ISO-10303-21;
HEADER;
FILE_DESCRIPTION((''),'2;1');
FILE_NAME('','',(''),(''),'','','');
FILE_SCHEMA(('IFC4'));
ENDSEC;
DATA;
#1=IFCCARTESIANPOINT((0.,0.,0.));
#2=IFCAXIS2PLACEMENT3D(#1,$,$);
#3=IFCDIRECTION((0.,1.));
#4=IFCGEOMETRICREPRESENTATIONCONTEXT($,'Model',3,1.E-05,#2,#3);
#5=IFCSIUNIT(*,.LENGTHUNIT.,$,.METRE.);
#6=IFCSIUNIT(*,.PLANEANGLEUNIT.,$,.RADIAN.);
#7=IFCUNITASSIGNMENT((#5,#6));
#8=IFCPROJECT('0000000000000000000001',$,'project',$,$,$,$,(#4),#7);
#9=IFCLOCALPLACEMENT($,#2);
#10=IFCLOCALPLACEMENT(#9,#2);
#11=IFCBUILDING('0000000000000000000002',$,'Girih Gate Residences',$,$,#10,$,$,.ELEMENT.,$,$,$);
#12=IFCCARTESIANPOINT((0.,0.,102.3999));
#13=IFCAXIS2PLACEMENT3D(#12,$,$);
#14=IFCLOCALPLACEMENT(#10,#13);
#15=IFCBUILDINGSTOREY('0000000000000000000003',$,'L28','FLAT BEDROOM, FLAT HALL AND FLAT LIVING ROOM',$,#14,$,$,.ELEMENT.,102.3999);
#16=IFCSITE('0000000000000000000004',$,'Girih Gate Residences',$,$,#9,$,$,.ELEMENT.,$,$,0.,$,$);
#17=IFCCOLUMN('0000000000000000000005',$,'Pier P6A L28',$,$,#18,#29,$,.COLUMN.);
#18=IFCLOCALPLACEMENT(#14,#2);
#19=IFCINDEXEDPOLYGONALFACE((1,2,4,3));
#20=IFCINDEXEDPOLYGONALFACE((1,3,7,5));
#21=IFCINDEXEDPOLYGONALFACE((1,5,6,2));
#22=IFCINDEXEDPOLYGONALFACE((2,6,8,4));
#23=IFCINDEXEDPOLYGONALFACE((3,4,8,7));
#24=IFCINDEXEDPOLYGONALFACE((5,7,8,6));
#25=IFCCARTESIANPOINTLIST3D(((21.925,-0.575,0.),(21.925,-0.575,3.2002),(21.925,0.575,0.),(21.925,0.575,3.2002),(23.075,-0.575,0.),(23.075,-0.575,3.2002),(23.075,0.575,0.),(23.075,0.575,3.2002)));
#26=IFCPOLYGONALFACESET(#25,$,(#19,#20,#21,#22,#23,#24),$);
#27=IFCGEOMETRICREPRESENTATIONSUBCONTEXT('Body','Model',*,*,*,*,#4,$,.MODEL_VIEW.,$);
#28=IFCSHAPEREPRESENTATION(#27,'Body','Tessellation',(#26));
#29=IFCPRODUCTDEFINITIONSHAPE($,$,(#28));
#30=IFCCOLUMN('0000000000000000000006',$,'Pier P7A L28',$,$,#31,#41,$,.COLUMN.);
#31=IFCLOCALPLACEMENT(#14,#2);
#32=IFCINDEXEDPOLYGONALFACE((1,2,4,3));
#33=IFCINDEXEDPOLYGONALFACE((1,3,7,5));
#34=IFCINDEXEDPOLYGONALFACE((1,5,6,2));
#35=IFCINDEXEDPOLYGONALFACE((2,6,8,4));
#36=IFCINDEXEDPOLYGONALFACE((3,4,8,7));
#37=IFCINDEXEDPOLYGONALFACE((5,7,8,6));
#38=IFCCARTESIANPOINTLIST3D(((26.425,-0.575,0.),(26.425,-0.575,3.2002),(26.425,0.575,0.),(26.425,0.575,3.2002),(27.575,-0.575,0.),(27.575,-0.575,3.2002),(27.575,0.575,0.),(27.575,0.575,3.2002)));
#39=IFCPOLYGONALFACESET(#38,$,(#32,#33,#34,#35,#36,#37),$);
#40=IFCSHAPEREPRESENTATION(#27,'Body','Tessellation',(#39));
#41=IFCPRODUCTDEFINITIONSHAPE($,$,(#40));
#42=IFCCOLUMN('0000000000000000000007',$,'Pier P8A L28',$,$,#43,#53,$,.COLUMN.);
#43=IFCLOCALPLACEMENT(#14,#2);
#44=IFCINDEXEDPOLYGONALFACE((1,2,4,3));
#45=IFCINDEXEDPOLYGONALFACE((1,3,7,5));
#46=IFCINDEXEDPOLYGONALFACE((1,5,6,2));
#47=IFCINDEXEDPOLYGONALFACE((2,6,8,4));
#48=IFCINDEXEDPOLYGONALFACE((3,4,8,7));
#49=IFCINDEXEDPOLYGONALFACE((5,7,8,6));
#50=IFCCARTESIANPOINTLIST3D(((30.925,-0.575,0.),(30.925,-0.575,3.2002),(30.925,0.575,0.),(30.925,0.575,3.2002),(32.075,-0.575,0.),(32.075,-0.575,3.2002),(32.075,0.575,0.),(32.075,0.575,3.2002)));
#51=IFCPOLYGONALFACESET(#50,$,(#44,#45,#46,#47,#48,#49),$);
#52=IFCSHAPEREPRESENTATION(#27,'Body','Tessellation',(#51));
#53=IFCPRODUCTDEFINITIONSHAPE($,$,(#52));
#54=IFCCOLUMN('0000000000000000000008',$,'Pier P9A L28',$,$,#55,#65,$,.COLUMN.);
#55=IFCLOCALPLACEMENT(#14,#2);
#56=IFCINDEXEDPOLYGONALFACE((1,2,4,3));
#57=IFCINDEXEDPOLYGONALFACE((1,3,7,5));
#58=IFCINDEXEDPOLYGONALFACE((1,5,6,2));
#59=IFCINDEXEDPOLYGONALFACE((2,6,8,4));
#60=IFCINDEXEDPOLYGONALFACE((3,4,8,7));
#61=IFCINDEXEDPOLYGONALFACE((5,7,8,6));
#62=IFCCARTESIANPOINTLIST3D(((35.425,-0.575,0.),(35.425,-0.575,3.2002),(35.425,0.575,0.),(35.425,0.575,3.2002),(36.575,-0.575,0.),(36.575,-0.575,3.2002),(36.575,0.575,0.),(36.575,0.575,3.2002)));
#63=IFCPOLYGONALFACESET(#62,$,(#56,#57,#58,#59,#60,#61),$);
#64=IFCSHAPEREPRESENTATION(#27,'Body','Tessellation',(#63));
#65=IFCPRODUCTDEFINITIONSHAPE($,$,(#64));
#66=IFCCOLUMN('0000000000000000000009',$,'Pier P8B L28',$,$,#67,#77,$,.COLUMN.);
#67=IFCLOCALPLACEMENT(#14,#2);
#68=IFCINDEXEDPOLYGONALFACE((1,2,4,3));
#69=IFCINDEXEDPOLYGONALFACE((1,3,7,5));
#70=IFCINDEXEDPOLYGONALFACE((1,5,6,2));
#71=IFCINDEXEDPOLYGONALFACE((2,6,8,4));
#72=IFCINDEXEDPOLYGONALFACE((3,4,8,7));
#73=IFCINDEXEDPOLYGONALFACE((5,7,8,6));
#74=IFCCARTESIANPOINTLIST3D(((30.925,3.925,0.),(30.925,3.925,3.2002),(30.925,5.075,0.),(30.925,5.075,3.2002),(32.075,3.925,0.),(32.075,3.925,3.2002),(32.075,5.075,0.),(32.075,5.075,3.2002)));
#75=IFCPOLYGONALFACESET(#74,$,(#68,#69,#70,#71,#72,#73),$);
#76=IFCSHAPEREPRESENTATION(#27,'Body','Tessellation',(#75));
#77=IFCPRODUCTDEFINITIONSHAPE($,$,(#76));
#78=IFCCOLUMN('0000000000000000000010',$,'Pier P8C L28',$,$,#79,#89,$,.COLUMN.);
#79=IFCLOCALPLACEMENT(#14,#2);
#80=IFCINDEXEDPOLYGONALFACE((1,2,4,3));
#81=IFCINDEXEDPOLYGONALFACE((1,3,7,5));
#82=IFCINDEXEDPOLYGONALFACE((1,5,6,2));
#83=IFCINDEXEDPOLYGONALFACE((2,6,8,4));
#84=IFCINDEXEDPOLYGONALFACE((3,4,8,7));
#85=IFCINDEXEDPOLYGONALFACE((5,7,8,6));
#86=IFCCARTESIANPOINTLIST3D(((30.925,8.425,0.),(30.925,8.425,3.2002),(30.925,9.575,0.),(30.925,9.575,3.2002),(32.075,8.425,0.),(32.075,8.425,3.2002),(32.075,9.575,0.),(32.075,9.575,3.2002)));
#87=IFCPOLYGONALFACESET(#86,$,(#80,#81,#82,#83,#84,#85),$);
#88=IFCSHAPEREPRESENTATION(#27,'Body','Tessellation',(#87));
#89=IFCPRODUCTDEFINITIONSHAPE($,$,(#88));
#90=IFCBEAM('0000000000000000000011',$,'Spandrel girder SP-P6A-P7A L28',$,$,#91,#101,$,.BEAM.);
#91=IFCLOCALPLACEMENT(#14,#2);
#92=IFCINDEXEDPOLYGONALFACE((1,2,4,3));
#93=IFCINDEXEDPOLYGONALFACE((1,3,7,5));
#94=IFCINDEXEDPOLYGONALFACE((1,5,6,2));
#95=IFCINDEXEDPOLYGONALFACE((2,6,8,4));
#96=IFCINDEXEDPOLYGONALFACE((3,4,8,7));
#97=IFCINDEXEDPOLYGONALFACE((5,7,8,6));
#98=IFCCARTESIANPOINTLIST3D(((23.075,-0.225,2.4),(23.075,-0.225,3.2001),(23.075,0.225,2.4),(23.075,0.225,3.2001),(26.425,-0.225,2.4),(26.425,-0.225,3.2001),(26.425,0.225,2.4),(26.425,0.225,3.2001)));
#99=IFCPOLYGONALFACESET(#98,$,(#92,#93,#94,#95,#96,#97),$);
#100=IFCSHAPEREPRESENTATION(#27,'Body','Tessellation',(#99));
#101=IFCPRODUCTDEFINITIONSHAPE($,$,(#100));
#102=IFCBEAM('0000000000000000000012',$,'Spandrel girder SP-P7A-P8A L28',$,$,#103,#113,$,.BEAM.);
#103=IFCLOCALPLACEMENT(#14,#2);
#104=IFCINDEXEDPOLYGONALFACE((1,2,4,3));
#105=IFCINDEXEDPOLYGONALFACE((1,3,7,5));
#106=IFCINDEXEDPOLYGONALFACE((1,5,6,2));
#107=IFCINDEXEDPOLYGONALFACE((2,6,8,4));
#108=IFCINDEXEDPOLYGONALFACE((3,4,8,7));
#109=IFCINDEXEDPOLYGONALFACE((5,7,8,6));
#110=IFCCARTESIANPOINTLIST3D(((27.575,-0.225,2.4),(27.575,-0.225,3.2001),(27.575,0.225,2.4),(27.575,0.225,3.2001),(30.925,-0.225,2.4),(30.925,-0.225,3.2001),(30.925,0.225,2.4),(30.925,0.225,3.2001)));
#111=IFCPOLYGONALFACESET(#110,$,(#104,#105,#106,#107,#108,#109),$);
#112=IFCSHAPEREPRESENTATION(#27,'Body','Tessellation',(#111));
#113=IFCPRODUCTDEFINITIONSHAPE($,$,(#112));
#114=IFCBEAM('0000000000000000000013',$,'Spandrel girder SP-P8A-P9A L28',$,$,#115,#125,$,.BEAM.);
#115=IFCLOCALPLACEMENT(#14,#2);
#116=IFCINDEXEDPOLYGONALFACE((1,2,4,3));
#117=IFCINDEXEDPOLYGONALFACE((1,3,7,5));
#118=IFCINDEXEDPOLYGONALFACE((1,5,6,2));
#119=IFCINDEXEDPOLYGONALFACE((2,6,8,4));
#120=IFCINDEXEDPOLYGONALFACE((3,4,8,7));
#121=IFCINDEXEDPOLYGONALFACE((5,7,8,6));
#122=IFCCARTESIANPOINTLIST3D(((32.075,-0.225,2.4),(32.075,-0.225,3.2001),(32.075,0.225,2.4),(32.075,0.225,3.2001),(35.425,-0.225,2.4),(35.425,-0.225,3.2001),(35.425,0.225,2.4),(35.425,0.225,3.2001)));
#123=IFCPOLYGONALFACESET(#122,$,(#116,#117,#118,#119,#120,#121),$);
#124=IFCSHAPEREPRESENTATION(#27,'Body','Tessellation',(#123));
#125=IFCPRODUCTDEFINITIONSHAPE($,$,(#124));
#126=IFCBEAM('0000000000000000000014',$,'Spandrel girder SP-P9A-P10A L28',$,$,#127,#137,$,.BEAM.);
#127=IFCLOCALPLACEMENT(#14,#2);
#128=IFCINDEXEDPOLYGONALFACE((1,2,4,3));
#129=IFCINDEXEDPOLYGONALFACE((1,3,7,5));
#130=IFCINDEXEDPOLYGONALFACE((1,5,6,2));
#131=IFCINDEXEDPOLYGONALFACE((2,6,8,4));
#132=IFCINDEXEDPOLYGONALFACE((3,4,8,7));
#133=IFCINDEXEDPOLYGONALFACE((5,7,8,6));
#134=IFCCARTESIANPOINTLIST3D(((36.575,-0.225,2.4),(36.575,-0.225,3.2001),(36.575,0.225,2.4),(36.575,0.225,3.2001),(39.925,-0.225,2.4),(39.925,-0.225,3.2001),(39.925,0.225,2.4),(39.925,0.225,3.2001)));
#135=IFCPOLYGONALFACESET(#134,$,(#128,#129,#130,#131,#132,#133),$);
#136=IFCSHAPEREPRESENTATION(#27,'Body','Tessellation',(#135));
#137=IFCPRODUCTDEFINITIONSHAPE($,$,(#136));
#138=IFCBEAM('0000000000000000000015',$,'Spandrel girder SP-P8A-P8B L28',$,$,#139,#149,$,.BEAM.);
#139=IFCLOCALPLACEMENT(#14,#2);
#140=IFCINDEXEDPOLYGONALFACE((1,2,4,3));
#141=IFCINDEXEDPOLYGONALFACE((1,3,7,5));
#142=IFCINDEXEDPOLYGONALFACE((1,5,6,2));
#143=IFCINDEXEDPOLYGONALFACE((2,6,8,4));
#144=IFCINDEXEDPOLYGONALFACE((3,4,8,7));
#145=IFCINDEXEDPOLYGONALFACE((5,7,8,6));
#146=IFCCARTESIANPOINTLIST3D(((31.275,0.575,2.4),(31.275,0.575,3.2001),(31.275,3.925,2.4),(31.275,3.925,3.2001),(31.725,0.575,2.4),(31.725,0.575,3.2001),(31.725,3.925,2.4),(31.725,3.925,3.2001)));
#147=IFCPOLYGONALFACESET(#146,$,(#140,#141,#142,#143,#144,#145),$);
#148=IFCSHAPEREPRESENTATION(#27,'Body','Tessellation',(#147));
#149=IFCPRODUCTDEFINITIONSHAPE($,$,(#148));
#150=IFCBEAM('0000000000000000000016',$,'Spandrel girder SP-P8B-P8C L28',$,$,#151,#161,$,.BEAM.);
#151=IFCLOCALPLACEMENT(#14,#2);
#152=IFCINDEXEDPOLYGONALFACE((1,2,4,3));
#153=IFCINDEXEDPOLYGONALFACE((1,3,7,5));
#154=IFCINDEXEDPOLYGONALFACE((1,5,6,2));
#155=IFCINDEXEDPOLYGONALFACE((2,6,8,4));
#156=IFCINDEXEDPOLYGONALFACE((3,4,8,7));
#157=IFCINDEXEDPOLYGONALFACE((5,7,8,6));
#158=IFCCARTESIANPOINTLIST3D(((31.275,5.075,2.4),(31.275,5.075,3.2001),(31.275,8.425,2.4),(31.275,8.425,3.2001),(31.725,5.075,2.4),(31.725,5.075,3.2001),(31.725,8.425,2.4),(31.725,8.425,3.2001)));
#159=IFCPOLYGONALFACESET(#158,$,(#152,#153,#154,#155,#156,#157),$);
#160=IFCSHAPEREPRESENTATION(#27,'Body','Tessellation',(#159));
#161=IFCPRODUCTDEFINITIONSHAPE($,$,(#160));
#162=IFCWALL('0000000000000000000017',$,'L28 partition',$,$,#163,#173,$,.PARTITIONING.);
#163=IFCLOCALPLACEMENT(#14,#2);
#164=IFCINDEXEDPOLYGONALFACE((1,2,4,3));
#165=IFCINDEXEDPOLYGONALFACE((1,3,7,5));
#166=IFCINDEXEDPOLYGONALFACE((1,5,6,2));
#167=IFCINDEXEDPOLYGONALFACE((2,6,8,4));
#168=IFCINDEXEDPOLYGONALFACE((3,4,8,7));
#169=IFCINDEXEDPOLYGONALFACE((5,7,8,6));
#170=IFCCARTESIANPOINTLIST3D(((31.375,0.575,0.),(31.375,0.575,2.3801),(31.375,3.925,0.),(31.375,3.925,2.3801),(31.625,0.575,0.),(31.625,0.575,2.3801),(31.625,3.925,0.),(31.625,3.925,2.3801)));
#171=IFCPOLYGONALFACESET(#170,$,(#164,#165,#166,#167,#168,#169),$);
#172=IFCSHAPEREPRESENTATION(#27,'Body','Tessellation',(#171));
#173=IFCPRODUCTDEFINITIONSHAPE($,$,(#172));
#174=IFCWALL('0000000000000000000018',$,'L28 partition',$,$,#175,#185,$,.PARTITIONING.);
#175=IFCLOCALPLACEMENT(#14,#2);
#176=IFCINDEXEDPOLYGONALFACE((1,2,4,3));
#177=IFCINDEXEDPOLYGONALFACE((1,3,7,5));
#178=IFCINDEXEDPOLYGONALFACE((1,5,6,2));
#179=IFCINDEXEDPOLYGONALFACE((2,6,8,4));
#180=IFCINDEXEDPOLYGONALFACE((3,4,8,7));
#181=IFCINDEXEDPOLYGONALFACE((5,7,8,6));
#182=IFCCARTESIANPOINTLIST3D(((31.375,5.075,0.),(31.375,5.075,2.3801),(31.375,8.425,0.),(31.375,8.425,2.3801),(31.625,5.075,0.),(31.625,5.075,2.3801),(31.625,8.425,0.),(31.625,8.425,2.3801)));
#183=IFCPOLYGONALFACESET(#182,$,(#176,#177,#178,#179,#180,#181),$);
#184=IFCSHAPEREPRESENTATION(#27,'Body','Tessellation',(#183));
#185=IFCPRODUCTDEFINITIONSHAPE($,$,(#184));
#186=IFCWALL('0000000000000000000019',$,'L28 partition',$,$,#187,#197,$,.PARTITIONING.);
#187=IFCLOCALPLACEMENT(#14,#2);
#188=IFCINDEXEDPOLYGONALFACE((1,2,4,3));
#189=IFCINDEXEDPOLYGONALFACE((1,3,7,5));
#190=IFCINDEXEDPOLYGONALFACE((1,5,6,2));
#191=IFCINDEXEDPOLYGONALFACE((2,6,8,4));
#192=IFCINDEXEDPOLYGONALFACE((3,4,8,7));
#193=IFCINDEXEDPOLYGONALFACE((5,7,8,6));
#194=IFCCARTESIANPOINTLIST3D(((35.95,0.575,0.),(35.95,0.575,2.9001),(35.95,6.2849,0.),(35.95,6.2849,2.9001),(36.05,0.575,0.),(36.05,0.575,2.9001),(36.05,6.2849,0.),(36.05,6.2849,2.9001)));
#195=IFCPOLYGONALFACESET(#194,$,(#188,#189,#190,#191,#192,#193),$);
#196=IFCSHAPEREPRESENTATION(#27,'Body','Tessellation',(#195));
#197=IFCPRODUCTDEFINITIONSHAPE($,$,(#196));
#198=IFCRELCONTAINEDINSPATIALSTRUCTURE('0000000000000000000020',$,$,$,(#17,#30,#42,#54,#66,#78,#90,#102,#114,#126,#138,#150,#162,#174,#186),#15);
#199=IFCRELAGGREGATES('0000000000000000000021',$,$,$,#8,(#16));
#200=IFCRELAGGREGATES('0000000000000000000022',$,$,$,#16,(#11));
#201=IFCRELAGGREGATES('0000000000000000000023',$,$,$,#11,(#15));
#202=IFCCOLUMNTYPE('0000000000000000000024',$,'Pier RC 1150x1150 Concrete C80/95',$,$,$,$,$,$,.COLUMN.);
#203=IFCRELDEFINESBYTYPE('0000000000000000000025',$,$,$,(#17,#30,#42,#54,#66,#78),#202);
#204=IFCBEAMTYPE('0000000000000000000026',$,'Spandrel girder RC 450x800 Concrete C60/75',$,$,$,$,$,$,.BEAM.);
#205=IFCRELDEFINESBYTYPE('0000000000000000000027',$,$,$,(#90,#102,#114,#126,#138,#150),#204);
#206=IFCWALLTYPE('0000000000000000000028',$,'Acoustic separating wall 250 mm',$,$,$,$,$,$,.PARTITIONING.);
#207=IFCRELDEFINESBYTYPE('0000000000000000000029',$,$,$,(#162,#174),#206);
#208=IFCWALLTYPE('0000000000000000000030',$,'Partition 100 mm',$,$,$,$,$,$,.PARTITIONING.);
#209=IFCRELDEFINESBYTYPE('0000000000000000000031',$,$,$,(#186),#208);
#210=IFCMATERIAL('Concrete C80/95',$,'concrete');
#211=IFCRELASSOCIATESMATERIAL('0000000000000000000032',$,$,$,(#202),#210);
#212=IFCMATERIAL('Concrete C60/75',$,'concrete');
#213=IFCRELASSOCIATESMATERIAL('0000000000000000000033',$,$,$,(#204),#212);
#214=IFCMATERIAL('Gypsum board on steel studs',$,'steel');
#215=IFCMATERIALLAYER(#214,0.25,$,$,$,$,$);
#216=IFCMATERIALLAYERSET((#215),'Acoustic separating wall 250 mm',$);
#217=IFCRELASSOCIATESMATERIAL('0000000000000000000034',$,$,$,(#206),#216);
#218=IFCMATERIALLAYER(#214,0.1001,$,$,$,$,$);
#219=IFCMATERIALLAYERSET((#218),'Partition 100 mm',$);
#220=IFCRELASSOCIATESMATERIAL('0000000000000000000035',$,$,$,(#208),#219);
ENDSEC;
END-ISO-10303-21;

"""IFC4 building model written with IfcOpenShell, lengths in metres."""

from ifc_helpers import new_model, si_unit, direction, frame, frame_2d, origin, origin_2d, place, context, subcontext, project, spatial, rectangle, extrude, material, layer, layer_set, material_profile, profile_set, type_object, element, save


model = new_model("IFC4")

# Units and contexts
model_context = context("Model", 3, precision=1e-05, world=origin(), true_north=direction((0.0, 1.0)))
body_context = subcontext(model_context, "Body", "Model", "MODEL_VIEW")
ifc_project = project(units=[si_unit("LENGTHUNIT", "METRE"), si_unit("PLANEANGLEUNIT", "RADIAN")], contexts=[model_context])

# Site, building, storey
site_placement = place(None, origin())
site = spatial("IfcSite", under=ifc_project, at=site_placement, Name="Girih Gate Residences", CompositionType="ELEMENT", RefElevation=0.0)
building_placement = place(site_placement, origin())
building = spatial("IfcBuilding", under=site, at=building_placement, Name="Girih Gate Residences", CompositionType="ELEMENT")
storey_placement = place(building_placement, frame((0.0, 0.0, 102.3999)))
storey = spatial("IfcBuildingStorey", under=building, at=storey_placement, Name="L28", Description="FLAT BEDROOM, FLAT HALL AND FLAT LIVING ROOM", CompositionType="ELEMENT", Elevation=102.3999)

# Columns
ifc_material_1 = material(Name="Concrete C80/95", Category="concrete")
ifc_material_profile_1 = material_profile(ifc_material_1, rectangle(XDim=1.1499, YDim=1.1499, at=origin_2d()))
ifc_profile_set_1 = profile_set([ifc_material_profile_1], Name="Concrete C80/95")
column_type = type_object("IfcColumnType", Name="Pier RC 1150x1150 Concrete C80/95", PredefinedType="COLUMN", material=ifc_profile_set_1)
for number, where, z_axis, x_axis, name in (
    (1, (22.5, 0.0, 0.0), (0.0, 0.0, 1.0), (1.0, 0.0, 0.0), "Pier P6A L28"),
    (2, (27.0, 0.0, 0.0), (0.0, 0.0, 1.0), (1.0, 0.0, 0.0), "Pier P7A L28"),
    (3, (31.5, 0.0, 0.0), (0.0, 0.0, 1.0), (1.0, 0.0, 0.0), "Pier P8A L28"),
    (4, (36.0, 0.0, 0.0), (0.0, 0.0, 1.0), (1.0, 0.0, 0.0), "Pier P9A L28"),
    (5, (31.5, 4.5, 0.0), (0.0, 0.0, 1.0), (1.0, 0.0, 0.0), "Pier P8B L28"),
    (6, (31.5, 9.0, 0.0), (0.0, 0.0, 1.0), (1.0, 0.0, 0.0), "Pier P8C L28"),
):
    element("IfcColumn", number, at=place(storey_placement, frame(where, z_axis=z_axis, x_axis=x_axis)), inside=storey, type_object=column_type, Name=name, PredefinedType="COLUMN", context=body_context, shape_type="SweptSolid", body=[
        extrude(rectangle(XDim=1.1499, YDim=1.1499, at=origin_2d()), origin(), (0.0, 0.0, 1.0), 3.2002),
    ])

# Beams
ifc_material_2 = material(Name="Concrete C60/75", Category="concrete")
ifc_material_profile_2 = material_profile(ifc_material_2, rectangle(XDim=0.45, YDim=0.8, at=origin_2d()))
ifc_profile_set_2 = profile_set([ifc_material_profile_2], Name="Concrete C60/75")
beam_type = type_object("IfcBeamType", Name="Spandrel girder RC 450x800 Concrete C60/75", PredefinedType="BEAM", material=ifc_profile_set_2)
for number, where, z_axis, x_axis, name in (
    (7, (23.075, 0.0, 2.8), (1.0, 0.0, 0.0), (0.0, 1.0, 0.0), "Spandrel girder SP-P6A-P7A L28"),
    (8, (27.575, 0.0, 2.8), (1.0, 0.0, 0.0), (0.0, 1.0, 0.0), "Spandrel girder SP-P7A-P8A L28"),
    (9, (32.075, 0.0, 2.8), (1.0, 0.0, 0.0), (0.0, 1.0, 0.0), "Spandrel girder SP-P8A-P9A L28"),
    (10, (36.575, 0.0, 2.8), (1.0, 0.0, 0.0), (0.0, 1.0, 0.0), "Spandrel girder SP-P9A-P10A L28"),
    (11, (31.5, 0.575, 2.8), (0.0, 1.0, 0.0), (-1.0, 0.0, 0.0), "Spandrel girder SP-P8A-P8B L28"),
    (12, (31.5, 5.075, 2.8), (0.0, 1.0, 0.0), (-1.0, 0.0, 0.0), "Spandrel girder SP-P8B-P8C L28"),
):
    element("IfcBeam", number, at=place(storey_placement, frame(where, z_axis=z_axis, x_axis=x_axis)), inside=storey, type_object=beam_type, Name=name, PredefinedType="BEAM", context=body_context, shape_type="SweptSolid", body=[
        extrude(rectangle(XDim=0.45, YDim=0.8, at=origin_2d()), origin(), (0.0, 0.0, 1.0), 3.3501),
    ])

# Walls
ifc_material_3 = material(Name="Gypsum board on steel studs", Category="steel")
ifc_layer_1 = layer(ifc_material_3, 0.25)
ifc_layer_set_1 = layer_set([ifc_layer_1], Name="Acoustic separating wall 250 mm")
wall_type_1 = type_object("IfcWallType", Name="Acoustic separating wall 250 mm", PredefinedType="PARTITIONING", material=ifc_layer_set_1)
for number, where, z_axis, x_axis, name in (
    (13, (31.5, 0.575, 0.0), (0.0, 0.0, 1.0), (0.0, 1.0, 0.0), "L28 partition"),
    (14, (31.5, 5.075, 0.0), (0.0, 0.0, 1.0), (0.0, 1.0, 0.0), "L28 partition"),
):
    element("IfcWall", number, at=place(storey_placement, frame(where, z_axis=z_axis, x_axis=x_axis)), inside=storey, type_object=wall_type_1, Name=name, PredefinedType="PARTITIONING", context=body_context, shape_type="SweptSolid", body=[
        extrude(rectangle(XDim=3.3501, YDim=0.25, at=frame_2d((1.675, 0.0))), origin(), (0.0, 0.0, 1.0), 2.3801),
    ])
ifc_layer_2 = layer(ifc_material_3, 0.1001)
ifc_layer_set_2 = layer_set([ifc_layer_2], Name="Partition 100 mm")
wall_type_2 = type_object("IfcWallType", Name="Partition 100 mm", PredefinedType="PARTITIONING", material=ifc_layer_set_2)
wall_1_placement = place(storey_placement, frame((36.0, 0.575, 0.0), z_axis=(0.0, 0.0, 1.0), x_axis=(0.0, 1.0, 0.0)))
element("IfcWall", 15, at=wall_1_placement, inside=storey, type_object=wall_type_2, Name="L28 partition", PredefinedType="PARTITIONING", context=body_context, shape_type="SweptSolid", body=[
    extrude(rectangle(XDim=5.71, YDim=0.1001, at=frame_2d((2.855, 0.0))), origin(), (0.0, 0.0, 1.0), 2.9001),
])

save(model, "model.ifc")
